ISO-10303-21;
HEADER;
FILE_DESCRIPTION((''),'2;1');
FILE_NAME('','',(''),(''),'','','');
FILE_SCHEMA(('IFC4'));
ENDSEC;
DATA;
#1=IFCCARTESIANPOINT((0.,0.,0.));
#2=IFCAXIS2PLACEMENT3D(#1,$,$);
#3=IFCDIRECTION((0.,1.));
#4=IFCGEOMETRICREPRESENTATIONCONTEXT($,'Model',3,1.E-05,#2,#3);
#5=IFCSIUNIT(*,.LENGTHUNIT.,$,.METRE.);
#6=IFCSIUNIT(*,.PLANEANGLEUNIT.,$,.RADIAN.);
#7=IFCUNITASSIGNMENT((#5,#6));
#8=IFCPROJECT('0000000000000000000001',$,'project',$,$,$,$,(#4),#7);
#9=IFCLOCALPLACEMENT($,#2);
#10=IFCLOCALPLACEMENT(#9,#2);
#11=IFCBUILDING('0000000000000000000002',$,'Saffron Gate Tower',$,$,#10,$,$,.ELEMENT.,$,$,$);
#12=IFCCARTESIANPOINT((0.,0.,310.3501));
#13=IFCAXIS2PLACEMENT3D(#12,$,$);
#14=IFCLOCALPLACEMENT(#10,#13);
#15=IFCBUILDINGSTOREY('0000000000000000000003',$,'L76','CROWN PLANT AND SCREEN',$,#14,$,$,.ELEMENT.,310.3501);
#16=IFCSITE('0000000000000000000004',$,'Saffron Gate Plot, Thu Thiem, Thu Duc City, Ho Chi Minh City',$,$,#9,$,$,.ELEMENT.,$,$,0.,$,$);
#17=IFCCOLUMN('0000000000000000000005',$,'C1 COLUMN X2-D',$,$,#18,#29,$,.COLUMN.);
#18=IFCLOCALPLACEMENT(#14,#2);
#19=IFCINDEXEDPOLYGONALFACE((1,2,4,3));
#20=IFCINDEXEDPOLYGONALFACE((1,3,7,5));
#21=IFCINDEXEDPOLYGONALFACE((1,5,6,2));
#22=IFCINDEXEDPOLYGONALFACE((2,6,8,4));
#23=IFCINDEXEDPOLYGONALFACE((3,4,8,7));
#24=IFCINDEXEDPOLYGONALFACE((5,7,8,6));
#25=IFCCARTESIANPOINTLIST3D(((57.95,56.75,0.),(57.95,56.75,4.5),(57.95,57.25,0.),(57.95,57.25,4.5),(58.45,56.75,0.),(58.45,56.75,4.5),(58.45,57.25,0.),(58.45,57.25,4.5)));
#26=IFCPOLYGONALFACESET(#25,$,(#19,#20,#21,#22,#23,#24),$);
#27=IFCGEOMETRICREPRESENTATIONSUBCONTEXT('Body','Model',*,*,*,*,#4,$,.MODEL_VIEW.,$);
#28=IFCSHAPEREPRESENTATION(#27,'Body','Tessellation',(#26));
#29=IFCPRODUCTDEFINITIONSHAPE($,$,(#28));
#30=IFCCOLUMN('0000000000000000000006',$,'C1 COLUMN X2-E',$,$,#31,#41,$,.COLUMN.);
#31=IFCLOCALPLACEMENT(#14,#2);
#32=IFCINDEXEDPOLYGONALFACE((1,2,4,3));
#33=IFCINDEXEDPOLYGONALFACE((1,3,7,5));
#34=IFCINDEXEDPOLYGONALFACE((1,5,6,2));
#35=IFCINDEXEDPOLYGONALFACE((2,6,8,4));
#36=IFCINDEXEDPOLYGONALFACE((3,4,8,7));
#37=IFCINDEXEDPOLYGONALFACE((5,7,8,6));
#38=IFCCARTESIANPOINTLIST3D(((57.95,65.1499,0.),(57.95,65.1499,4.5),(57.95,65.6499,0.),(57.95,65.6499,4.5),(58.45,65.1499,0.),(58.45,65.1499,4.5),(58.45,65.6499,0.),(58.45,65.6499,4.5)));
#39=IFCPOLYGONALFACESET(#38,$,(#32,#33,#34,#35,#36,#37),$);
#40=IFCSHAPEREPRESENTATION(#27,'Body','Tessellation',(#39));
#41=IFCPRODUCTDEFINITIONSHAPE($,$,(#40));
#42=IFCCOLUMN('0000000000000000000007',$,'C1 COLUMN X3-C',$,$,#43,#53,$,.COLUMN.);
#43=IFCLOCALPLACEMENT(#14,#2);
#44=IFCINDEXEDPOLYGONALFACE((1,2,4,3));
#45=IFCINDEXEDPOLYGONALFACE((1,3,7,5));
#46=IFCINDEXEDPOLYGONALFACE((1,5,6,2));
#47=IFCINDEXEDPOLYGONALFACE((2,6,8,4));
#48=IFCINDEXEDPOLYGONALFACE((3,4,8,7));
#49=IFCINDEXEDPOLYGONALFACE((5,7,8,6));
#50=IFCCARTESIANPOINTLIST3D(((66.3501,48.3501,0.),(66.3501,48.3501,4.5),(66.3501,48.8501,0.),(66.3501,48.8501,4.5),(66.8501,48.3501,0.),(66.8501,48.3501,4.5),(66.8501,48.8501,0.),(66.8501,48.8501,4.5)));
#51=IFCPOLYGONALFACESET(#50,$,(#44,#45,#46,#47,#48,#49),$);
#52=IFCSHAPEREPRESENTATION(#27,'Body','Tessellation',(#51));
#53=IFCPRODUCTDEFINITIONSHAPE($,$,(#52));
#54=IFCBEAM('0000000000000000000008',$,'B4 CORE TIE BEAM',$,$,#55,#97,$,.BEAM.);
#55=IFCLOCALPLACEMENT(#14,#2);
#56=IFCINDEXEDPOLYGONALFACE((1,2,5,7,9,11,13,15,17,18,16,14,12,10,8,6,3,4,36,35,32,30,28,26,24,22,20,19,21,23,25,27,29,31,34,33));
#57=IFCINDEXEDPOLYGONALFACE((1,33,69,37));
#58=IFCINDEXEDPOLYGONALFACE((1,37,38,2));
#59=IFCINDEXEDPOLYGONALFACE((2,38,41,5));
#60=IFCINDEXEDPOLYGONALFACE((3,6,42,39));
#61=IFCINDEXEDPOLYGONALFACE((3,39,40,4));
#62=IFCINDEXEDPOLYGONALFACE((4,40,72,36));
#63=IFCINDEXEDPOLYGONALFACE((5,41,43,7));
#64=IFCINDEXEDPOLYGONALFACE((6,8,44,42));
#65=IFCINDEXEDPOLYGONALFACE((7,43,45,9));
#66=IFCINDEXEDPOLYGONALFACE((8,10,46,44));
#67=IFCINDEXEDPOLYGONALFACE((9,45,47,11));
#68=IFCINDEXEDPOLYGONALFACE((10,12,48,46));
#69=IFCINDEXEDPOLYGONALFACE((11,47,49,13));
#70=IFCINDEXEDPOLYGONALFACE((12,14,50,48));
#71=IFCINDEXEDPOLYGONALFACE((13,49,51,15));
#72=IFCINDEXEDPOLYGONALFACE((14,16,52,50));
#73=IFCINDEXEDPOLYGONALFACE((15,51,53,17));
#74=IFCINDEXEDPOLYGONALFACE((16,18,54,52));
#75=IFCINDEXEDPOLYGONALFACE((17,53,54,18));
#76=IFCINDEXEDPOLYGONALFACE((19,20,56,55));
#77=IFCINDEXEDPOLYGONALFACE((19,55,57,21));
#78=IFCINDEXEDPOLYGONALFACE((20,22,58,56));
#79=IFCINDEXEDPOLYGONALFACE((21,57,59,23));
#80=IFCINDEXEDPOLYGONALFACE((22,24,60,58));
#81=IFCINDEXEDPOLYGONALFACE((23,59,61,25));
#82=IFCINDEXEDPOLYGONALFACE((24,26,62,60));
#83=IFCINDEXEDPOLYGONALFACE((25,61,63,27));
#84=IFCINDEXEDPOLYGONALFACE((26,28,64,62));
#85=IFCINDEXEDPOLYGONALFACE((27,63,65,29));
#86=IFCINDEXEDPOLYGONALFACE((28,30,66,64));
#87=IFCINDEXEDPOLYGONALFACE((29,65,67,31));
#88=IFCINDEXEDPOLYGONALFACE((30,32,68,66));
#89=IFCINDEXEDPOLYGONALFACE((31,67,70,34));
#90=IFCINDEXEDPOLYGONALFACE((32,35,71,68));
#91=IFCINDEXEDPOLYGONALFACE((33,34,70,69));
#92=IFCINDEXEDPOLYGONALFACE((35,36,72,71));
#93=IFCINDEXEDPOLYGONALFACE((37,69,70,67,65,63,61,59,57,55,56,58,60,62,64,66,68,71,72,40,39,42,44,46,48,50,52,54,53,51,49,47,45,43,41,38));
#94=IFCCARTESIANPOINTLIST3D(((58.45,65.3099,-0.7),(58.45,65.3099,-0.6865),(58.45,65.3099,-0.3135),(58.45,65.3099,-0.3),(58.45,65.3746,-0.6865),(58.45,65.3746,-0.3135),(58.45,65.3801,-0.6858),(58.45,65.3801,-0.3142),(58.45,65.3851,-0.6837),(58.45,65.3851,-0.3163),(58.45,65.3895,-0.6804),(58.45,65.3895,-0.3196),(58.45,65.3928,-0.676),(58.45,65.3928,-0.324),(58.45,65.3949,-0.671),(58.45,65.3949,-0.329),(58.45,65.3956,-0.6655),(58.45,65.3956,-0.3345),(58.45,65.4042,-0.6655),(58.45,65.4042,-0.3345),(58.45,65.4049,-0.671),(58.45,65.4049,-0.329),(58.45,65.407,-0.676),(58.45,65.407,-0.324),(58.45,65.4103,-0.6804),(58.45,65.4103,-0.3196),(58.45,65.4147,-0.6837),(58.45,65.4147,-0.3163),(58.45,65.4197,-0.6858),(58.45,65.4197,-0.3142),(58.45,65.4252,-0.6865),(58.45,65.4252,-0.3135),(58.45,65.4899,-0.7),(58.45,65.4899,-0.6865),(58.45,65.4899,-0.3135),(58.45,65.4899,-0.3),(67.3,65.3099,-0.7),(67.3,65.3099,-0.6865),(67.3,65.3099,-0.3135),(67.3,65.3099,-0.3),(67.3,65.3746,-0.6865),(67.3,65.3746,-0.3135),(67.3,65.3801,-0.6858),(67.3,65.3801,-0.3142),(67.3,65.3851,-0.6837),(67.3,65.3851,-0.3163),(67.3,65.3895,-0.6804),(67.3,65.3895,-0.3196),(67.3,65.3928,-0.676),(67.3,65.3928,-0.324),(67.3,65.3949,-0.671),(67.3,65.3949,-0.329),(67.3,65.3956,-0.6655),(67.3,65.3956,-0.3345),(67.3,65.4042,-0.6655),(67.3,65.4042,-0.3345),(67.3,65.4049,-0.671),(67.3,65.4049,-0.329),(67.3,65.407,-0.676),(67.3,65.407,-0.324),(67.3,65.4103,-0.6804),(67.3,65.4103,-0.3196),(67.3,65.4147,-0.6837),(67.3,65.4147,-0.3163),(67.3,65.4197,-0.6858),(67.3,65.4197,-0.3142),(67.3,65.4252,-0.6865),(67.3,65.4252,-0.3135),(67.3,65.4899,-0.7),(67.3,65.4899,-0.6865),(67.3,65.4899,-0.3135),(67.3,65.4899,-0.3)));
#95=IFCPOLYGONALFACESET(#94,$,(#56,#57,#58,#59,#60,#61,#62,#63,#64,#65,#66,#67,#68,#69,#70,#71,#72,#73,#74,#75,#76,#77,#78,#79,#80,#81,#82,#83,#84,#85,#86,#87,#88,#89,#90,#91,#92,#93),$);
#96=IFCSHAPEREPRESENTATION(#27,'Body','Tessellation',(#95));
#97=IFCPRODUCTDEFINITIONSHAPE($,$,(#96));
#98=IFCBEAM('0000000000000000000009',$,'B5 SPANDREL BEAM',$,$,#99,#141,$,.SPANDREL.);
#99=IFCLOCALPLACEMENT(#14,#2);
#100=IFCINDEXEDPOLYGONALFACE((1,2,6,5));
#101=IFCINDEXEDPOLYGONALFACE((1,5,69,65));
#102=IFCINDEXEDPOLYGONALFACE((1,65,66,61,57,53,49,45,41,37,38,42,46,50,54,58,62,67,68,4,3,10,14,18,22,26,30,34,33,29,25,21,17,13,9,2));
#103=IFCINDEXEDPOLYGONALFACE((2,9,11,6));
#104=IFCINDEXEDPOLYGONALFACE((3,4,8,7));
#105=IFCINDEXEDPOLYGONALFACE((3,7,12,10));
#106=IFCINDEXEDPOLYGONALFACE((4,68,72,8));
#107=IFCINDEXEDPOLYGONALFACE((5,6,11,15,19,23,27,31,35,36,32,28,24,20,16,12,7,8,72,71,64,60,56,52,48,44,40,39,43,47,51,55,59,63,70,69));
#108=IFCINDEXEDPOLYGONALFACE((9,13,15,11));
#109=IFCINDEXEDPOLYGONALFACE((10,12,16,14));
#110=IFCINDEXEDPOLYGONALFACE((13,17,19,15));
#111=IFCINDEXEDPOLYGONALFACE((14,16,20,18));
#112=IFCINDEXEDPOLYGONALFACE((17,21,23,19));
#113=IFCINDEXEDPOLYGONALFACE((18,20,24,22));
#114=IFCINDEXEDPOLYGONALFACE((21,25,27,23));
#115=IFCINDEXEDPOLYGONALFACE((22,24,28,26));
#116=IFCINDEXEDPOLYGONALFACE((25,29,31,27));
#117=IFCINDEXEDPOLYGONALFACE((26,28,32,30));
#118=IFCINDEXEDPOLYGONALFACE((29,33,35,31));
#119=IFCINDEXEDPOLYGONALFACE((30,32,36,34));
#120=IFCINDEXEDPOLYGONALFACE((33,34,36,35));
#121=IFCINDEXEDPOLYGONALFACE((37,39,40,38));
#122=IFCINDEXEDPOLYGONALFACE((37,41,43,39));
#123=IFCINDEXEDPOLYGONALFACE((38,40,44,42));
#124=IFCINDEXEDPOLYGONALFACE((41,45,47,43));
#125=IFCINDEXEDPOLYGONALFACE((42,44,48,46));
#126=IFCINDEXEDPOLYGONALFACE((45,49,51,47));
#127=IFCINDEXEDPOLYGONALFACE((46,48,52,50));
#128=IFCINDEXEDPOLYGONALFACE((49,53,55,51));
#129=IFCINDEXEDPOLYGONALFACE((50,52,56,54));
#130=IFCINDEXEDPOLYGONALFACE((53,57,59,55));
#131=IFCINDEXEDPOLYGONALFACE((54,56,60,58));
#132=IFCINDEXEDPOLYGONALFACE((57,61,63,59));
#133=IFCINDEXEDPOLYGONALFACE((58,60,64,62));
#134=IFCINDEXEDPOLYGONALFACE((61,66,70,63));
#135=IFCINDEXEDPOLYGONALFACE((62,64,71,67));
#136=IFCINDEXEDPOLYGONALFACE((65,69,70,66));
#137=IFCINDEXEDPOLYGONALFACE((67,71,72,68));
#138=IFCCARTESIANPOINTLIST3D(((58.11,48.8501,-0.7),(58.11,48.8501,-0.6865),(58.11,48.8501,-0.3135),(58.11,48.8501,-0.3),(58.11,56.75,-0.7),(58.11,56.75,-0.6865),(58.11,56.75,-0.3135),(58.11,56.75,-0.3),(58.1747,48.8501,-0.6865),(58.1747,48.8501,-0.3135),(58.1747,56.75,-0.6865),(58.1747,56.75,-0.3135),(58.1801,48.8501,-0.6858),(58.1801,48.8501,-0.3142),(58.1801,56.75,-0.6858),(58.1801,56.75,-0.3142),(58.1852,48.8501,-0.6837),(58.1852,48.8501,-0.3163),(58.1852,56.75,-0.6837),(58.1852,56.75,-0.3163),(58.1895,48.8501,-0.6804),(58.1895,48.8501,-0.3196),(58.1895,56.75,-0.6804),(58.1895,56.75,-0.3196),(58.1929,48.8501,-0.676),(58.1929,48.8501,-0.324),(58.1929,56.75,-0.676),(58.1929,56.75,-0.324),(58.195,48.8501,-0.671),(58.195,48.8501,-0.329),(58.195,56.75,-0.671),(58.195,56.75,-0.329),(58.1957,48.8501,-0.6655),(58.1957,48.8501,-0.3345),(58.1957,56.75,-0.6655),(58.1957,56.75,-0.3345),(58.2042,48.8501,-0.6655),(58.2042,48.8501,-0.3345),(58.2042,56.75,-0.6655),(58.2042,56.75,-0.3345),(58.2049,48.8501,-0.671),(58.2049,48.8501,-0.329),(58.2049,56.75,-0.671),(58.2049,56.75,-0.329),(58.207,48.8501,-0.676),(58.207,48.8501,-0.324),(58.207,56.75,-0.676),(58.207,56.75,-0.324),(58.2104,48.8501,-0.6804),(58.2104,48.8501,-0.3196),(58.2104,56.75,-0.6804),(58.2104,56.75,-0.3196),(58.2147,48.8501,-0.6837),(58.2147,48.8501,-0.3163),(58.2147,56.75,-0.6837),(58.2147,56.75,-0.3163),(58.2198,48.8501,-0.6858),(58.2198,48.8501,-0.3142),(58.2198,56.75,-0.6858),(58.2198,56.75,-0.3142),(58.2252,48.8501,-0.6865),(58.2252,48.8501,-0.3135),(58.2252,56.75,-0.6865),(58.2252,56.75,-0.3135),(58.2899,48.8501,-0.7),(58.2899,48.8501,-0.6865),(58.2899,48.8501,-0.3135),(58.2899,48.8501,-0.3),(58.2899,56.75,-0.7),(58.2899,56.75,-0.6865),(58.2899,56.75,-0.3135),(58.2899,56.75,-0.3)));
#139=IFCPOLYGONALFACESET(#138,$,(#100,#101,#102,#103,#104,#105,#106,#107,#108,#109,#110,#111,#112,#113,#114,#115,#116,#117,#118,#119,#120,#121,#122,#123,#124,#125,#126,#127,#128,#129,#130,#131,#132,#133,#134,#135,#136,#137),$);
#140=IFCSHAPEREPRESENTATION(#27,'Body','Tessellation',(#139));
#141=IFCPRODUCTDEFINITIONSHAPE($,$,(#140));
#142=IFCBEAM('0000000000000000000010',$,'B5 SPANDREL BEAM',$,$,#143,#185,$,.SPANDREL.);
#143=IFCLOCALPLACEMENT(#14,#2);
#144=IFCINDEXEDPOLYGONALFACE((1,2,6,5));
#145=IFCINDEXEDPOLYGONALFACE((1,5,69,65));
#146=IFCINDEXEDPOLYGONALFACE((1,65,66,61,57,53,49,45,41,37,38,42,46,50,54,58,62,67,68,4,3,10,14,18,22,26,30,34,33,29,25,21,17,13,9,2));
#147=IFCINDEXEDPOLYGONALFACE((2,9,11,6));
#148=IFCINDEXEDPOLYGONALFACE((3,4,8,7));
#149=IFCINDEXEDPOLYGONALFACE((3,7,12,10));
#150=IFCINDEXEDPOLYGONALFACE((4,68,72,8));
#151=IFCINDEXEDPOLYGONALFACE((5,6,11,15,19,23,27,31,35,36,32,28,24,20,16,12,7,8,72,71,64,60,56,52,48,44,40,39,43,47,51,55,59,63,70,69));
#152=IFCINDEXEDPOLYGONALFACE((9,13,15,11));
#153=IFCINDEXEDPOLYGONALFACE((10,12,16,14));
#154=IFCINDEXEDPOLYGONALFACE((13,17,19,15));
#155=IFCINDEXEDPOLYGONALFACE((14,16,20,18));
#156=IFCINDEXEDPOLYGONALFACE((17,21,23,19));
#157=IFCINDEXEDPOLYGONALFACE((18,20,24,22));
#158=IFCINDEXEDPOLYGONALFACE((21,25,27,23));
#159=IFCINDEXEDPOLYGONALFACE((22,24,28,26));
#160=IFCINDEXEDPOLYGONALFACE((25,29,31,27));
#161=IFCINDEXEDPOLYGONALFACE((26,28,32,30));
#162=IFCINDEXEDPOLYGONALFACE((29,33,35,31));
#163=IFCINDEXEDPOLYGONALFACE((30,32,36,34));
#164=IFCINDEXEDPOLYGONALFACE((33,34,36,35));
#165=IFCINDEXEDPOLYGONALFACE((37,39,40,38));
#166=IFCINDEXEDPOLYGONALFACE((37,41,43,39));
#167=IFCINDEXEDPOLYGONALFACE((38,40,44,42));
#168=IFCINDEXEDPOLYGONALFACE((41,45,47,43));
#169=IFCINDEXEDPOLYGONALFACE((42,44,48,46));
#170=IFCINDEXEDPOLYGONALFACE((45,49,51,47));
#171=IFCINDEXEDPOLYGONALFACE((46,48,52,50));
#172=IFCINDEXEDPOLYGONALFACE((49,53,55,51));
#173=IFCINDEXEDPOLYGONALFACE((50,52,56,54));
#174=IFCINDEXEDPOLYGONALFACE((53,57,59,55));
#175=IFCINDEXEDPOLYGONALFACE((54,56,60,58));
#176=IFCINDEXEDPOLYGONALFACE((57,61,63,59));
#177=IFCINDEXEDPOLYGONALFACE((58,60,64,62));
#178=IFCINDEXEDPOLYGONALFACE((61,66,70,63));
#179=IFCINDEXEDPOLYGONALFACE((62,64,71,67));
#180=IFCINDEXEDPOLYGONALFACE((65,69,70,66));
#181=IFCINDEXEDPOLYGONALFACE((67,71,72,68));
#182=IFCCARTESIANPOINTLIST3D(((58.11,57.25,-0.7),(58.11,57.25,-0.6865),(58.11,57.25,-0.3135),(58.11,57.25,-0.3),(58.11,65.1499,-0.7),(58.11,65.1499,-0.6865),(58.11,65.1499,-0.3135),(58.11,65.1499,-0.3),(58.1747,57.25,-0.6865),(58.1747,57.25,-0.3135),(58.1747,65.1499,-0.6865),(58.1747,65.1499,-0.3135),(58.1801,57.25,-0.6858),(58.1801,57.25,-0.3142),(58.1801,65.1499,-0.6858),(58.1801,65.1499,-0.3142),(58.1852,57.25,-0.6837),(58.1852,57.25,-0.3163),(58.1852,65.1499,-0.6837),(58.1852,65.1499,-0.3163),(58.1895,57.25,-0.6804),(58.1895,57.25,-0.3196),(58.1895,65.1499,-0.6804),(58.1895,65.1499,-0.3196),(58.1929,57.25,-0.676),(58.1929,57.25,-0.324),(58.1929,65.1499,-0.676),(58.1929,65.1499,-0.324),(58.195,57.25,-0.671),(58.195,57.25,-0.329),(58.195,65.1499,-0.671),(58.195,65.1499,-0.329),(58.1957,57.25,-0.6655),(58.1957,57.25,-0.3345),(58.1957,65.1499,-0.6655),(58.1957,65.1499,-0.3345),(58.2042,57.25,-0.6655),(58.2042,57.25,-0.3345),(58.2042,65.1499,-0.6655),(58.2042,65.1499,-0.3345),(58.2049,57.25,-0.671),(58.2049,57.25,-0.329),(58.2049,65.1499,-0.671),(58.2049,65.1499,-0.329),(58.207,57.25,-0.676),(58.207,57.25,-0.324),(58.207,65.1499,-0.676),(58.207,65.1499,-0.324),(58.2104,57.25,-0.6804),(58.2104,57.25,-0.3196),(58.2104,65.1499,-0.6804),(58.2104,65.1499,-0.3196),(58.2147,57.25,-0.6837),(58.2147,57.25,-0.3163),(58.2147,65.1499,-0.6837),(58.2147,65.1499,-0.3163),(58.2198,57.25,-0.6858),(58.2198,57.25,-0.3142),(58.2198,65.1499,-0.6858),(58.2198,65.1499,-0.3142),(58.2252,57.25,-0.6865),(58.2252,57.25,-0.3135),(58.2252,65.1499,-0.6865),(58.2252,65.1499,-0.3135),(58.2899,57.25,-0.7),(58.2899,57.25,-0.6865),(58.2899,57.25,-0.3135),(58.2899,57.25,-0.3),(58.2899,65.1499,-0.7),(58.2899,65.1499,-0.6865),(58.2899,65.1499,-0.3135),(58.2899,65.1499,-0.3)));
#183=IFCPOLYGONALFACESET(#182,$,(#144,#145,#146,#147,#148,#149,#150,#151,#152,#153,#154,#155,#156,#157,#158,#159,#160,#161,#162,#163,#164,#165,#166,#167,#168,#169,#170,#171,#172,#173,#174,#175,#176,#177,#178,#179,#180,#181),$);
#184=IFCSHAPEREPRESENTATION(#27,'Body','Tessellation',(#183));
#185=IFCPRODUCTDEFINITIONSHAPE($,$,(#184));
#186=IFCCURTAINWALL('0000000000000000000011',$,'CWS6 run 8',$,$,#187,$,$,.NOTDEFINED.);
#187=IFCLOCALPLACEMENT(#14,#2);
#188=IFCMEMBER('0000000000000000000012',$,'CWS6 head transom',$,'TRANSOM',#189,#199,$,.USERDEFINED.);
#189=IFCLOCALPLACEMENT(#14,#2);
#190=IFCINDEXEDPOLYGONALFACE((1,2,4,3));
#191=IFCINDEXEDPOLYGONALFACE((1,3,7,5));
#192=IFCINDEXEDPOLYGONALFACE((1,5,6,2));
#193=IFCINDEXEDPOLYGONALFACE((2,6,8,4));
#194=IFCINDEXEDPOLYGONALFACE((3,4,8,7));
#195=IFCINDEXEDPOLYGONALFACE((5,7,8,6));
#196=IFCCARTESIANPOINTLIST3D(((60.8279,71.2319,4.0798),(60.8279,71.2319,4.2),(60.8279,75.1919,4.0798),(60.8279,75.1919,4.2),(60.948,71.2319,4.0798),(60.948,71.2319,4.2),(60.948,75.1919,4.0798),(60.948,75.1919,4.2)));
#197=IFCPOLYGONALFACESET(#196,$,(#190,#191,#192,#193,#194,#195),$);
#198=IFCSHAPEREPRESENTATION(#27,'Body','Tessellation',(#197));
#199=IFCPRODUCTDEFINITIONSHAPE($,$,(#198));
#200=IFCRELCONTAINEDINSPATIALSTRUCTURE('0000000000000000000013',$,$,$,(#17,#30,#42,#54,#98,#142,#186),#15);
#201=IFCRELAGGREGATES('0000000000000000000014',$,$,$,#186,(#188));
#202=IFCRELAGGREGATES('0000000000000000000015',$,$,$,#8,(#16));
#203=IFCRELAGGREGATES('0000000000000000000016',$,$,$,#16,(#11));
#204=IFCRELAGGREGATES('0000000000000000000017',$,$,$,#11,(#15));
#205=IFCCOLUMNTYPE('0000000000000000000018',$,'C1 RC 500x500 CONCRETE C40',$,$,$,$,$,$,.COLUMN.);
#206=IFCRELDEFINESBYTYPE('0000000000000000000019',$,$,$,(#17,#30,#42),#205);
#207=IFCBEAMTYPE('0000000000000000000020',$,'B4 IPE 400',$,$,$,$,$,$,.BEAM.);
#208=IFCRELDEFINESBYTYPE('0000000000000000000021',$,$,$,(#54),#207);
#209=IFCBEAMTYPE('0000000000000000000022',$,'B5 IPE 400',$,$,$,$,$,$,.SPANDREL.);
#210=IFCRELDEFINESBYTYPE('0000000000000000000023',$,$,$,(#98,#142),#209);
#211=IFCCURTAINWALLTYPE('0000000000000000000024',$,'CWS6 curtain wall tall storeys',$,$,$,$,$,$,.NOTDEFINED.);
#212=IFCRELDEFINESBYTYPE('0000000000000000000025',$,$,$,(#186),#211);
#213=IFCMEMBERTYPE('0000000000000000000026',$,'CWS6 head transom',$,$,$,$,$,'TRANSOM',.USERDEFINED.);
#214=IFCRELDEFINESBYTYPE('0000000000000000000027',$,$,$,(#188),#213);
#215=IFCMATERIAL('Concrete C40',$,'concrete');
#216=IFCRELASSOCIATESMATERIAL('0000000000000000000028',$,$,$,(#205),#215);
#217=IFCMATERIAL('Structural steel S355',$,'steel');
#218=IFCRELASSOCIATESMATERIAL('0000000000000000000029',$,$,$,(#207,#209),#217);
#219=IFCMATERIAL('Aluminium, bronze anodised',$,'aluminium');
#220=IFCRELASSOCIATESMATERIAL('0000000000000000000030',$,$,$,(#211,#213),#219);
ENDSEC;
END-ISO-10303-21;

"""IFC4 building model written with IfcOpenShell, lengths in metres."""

from ifc_helpers import new_model, si_unit, direction, frame, origin, origin_2d, place, context, subcontext, project, spatial, rectangle, i_section, extrude, material, material_profile, profile_set, type_object, element, aggregate, save


model = new_model("IFC4")

# Units and contexts
model_context = context("Model", 3, precision=1e-05, world=origin(), true_north=direction((0.0, 1.0)))
body_context = subcontext(model_context, "Body", "Model", "MODEL_VIEW")
ifc_project = project(units=[si_unit("LENGTHUNIT", "METRE"), si_unit("PLANEANGLEUNIT", "RADIAN")], contexts=[model_context])

# Site, building, storey
site_placement = place(None, origin())
site = spatial("IfcSite", under=ifc_project, at=site_placement, Name="Saffron Gate Plot, Thu Thiem, Thu Duc City, Ho Chi Minh City", CompositionType="ELEMENT", RefElevation=0.0)
building_placement = place(site_placement, origin())
building = spatial("IfcBuilding", under=site, at=building_placement, Name="Saffron Gate Tower", CompositionType="ELEMENT")
storey_placement = place(building_placement, frame((0.0, 0.0, 310.3501)))
storey = spatial("IfcBuildingStorey", under=building, at=storey_placement, Name="L76", Description="CROWN PLANT AND SCREEN", CompositionType="ELEMENT", Elevation=310.3501)

# Columns
ifc_material_1 = material(Name="Concrete C40", Category="concrete")
ifc_material_profile_1 = material_profile(ifc_material_1, rectangle(XDim=0.5, YDim=0.5, at=origin_2d()))
ifc_profile_set_1 = profile_set([ifc_material_profile_1], Name="Concrete C40")
column_type = type_object("IfcColumnType", Name="C1 RC 500x500 CONCRETE C40", PredefinedType="COLUMN", material=ifc_profile_set_1)
for number, where, z_axis, x_axis, name in (
    (1, (58.2, 57.0, 0.0), (0.0, 0.0, 1.0), (1.0, 0.0, 0.0), "C1 COLUMN X2-D"),
    (2, (58.2, 65.3999, 0.0), (0.0, 0.0, 1.0), (1.0, 0.0, 0.0), "C1 COLUMN X2-E"),
    (3, (66.6001, 48.6001, 0.0), (0.0, 0.0, 1.0), (1.0, 0.0, 0.0), "C1 COLUMN X3-C"),
):
    element("IfcColumn", number, at=place(storey_placement, frame(where, z_axis=z_axis, x_axis=x_axis)), inside=storey, type_object=column_type, Name=name, PredefinedType="COLUMN", context=body_context, shape_type="SweptSolid", body=[
        extrude(rectangle(XDim=0.5, YDim=0.5, at=origin_2d()), origin(), (0.0, 0.0, 1.0), 4.5),
    ])

# Beams
ifc_material_2 = material(Name="Structural steel S355", Category="steel")
ifc_material_profile_2 = material_profile(ifc_material_2, i_section(OverallWidth=0.1799, OverallDepth=0.3999, WebThickness=0.0085, FlangeThickness=0.0134, FilletRadius=0.021, at=origin_2d()))
ifc_profile_set_2 = profile_set([ifc_material_profile_2], Name="Structural steel S355")
beam_type_1 = type_object("IfcBeamType", Name="B4 IPE 400", PredefinedType="BEAM", material=ifc_profile_set_2)
beam_placement = place(storey_placement, frame((58.45, 65.3999, -0.5), z_axis=(1.0, 0.0, 0.0), x_axis=(0.0, 1.0, 0.0)))
element("IfcBeam", 4, at=beam_placement, inside=storey, type_object=beam_type_1, Name="B4 CORE TIE BEAM", PredefinedType="BEAM", context=body_context, shape_type="SweptSolid", body=[
    extrude(i_section(OverallWidth=0.1799, OverallDepth=0.3999, WebThickness=0.0085, FlangeThickness=0.0134, FilletRadius=0.021, at=origin_2d()), origin(), (0.0, 0.0, 1.0), 8.8501),
])
ifc_material_profile_3 = material_profile(ifc_material_2, i_section(OverallWidth=0.1799, OverallDepth=0.3999, WebThickness=0.0085, FlangeThickness=0.0134, FilletRadius=0.021, at=origin_2d()))
ifc_profile_set_3 = profile_set([ifc_material_profile_3], Name="Structural steel S355")
beam_type_2 = type_object("IfcBeamType", Name="B5 IPE 400", PredefinedType="SPANDREL", material=ifc_profile_set_3)
for number, where, z_axis, x_axis, name in (
    (5, (58.2, 48.8501, -0.5), (0.0, 1.0, 0.0), (-1.0, 0.0, 0.0), "B5 SPANDREL BEAM"),
    (6, (58.2, 57.25, -0.5), (0.0, 1.0, 0.0), (-1.0, 0.0, 0.0), "B5 SPANDREL BEAM"),
):
    element("IfcBeam", number, at=place(storey_placement, frame(where, z_axis=z_axis, x_axis=x_axis)), inside=storey, type_object=beam_type_2, Name=name, PredefinedType="SPANDREL", context=body_context, shape_type="SweptSolid", body=[
        extrude(i_section(OverallWidth=0.1799, OverallDepth=0.3999, WebThickness=0.0085, FlangeThickness=0.0134, FilletRadius=0.021, at=origin_2d()), origin(), (0.0, 0.0, 1.0), 7.8999),
    ])

# Curtain wall, member
ifc_material_3 = material(Name="Aluminium, bronze anodised", Category="aluminium")
curtain_wall_type = type_object("IfcCurtainWallType", Name="CWS6 curtain wall tall storeys", PredefinedType="NOTDEFINED", material=ifc_material_3)
curtain_wall_1_placement = place(storey_placement, origin())
curtain_wall_1 = element("IfcCurtainWall", 7, at=curtain_wall_1_placement, inside=storey, type_object=curtain_wall_type, Name="CWS6 run 8", PredefinedType="NOTDEFINED")
ifc_material_profile_4 = material_profile(ifc_material_3, rectangle(XDim=0.1201, YDim=0.1201, at=origin_2d()))
ifc_profile_set_4 = profile_set([ifc_material_profile_4], Name="Aluminium, bronze anodised")
member_type_1 = type_object("IfcMemberType", Name="CWS6 head transom", ElementType="TRANSOM", PredefinedType="USERDEFINED", material=ifc_profile_set_4)
member_1_placement = place(storey_placement, frame((60.8879, 75.1919, 4.1399), z_axis=(0.0, -1.0, 0.0), x_axis=(1.0, 0.0, 0.0)))
member_1 = element("IfcMember", 8, at=member_1_placement, type_object=member_type_1, Name="CWS6 head transom", ObjectType="TRANSOM", PredefinedType="USERDEFINED", context=body_context, shape_type="SweptSolid", body=[
    extrude(rectangle(XDim=0.1201, YDim=0.1201, at=origin_2d()), origin(), (0.0, 0.0, 1.0), 3.96),
])

aggregate(curtain_wall_1, [member_1])

save(model, "model.ifc")
